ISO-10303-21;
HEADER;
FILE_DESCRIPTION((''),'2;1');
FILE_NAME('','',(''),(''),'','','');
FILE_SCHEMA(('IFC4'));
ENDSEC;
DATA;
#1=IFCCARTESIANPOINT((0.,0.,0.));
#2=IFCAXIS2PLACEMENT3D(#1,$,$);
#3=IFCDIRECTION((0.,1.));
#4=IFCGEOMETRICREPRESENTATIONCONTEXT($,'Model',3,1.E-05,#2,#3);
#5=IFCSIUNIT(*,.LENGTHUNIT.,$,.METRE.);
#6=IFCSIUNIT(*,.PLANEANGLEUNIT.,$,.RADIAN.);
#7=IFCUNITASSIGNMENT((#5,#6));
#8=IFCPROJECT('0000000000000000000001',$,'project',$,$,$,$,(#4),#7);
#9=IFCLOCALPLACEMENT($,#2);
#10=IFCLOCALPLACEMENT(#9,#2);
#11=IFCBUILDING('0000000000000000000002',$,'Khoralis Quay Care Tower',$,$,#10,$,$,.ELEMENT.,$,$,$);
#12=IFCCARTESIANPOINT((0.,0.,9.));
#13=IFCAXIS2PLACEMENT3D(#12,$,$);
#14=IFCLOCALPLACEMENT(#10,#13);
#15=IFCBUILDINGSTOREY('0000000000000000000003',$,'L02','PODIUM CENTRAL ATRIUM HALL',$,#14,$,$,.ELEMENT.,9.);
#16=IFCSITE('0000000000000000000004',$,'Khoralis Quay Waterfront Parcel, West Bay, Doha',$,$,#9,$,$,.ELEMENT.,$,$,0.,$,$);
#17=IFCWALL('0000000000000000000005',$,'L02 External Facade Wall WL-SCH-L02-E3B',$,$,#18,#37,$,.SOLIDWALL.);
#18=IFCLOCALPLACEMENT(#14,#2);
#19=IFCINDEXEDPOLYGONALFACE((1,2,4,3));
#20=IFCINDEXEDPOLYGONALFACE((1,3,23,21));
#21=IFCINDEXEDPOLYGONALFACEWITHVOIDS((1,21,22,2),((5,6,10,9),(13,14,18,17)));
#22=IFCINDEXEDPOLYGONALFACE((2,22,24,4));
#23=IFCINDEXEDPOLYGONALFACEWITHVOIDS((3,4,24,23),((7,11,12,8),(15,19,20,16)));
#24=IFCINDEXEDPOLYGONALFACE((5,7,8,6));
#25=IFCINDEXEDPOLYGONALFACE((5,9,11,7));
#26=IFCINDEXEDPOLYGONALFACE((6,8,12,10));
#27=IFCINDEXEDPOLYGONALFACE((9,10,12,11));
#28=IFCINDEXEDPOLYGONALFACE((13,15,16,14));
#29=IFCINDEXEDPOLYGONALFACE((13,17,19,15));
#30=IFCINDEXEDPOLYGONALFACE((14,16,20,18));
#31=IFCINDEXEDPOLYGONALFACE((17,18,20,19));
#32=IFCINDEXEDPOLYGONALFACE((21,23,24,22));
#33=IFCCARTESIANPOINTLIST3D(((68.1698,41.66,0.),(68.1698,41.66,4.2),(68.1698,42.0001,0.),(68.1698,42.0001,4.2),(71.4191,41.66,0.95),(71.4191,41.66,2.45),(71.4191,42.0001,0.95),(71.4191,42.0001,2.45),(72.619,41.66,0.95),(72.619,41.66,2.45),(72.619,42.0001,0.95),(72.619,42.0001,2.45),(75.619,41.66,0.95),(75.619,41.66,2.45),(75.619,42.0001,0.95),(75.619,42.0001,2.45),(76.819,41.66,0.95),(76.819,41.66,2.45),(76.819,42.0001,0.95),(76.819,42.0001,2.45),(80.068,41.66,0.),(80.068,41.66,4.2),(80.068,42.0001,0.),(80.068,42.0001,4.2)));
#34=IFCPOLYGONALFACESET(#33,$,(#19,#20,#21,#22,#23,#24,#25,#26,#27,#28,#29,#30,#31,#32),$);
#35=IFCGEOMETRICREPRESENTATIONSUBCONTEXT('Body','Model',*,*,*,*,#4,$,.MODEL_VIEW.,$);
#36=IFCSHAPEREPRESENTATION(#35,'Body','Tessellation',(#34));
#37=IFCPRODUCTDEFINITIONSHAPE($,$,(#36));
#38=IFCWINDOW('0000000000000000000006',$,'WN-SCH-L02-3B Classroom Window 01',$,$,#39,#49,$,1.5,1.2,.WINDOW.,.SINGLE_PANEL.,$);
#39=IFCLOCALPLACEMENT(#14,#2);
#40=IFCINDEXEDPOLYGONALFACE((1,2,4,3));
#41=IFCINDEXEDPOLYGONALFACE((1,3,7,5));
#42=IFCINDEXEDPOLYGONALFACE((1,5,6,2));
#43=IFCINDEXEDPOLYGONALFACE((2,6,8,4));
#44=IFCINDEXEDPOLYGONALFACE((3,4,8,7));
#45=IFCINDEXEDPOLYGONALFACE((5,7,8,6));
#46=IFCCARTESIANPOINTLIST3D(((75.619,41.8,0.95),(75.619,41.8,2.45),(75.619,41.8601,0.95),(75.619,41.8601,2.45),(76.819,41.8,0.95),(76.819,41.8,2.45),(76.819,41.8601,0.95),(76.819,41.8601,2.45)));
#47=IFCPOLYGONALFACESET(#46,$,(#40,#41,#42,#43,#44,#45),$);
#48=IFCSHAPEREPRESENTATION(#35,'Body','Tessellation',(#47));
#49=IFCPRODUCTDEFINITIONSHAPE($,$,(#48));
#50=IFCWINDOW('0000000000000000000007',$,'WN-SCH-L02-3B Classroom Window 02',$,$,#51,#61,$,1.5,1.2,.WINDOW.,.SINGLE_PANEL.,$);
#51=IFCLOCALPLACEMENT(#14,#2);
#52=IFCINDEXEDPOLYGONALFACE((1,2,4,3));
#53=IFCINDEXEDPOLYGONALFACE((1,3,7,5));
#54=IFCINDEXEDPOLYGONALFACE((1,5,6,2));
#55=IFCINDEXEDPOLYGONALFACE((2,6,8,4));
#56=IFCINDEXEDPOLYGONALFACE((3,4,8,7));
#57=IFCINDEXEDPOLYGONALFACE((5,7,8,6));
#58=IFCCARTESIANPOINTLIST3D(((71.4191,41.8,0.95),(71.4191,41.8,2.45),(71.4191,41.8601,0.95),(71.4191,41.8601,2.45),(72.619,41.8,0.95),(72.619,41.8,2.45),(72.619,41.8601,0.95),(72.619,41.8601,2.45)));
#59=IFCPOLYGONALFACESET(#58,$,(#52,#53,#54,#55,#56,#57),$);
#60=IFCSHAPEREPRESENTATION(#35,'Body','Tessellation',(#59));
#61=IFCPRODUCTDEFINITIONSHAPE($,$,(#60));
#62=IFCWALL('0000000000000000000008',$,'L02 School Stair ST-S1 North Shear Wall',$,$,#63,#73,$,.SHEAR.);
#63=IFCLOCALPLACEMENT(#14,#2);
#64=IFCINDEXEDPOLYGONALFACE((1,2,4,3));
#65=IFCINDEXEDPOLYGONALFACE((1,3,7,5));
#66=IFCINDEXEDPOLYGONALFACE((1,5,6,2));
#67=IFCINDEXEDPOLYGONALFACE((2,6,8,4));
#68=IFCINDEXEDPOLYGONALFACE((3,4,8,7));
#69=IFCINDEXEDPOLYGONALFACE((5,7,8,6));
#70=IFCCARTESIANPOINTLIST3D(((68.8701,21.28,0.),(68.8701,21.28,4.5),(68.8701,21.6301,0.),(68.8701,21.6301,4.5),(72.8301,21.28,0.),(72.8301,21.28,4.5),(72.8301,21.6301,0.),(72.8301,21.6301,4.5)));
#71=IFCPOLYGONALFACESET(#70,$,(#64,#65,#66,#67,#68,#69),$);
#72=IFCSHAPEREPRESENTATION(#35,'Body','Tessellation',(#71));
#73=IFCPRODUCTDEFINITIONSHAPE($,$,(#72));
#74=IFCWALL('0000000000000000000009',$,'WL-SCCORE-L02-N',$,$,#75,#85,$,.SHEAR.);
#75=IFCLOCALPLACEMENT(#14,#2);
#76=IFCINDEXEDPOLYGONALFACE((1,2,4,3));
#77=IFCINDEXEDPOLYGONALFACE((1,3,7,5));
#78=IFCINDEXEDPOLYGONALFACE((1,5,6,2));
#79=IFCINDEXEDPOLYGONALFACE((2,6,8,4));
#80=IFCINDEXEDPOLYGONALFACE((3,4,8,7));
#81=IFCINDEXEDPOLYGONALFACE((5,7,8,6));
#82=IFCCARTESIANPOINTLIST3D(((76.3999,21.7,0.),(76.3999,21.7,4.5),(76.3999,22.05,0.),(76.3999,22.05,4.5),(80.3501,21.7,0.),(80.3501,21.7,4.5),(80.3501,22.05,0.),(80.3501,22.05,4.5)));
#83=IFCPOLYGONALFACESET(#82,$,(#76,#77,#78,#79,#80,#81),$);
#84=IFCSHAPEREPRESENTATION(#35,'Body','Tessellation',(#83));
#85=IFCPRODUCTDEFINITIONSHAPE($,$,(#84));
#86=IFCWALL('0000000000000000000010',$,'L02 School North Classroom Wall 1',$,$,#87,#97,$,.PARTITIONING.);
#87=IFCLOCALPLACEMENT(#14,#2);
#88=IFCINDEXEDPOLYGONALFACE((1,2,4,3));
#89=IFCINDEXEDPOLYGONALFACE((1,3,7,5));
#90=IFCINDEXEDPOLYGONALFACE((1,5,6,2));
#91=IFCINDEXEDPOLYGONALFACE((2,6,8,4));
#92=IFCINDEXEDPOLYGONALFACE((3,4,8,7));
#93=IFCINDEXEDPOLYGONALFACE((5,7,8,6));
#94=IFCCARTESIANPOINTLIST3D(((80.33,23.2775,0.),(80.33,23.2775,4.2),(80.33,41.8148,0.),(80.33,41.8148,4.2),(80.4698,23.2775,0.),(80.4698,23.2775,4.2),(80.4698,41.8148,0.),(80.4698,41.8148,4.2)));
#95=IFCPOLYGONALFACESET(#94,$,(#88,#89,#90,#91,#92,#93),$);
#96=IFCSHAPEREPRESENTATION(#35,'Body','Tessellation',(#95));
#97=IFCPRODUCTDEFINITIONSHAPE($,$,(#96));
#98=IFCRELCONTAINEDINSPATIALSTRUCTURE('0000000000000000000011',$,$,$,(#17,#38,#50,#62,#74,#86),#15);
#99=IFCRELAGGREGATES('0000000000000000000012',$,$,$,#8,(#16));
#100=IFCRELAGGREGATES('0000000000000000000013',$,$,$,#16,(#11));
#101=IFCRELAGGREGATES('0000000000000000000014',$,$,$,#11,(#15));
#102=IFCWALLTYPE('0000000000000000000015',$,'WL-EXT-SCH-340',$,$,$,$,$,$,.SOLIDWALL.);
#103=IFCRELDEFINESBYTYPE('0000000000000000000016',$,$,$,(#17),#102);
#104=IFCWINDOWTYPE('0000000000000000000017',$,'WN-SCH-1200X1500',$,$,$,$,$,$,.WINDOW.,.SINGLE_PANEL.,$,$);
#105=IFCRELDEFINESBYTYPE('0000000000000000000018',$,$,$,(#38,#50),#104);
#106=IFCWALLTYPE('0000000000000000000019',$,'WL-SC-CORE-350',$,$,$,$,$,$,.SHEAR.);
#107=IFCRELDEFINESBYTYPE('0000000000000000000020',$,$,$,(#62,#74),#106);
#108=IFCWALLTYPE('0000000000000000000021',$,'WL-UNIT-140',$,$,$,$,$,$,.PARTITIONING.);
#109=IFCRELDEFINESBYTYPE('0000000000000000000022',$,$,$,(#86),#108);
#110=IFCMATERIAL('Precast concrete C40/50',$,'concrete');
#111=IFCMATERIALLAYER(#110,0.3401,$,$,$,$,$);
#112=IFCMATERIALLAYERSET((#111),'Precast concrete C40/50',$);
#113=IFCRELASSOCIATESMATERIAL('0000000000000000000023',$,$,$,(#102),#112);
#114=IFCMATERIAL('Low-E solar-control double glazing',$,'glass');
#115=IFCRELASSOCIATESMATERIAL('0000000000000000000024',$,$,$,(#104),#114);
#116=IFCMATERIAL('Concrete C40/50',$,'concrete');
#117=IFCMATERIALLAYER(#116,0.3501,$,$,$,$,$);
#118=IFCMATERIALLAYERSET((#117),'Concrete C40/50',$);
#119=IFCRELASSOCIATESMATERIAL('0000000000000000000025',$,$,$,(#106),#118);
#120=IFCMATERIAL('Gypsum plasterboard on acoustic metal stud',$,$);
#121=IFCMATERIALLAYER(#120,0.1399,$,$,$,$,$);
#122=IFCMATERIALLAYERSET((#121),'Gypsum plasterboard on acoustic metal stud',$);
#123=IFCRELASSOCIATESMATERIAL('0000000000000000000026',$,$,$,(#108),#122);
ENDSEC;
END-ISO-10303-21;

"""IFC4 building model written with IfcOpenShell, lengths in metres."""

from ifc_helpers import new_model, si_unit, direction, frame, frame_2d, origin, place, context, subcontext, project, spatial, rectangle, extrude, source, transform, mapped, material, layer, layer_set, type_object, element, fill, save


model = new_model("IFC4")

# Units and contexts
model_context = context("Model", 3, precision=1e-05, world=origin(), true_north=direction((0.0, 1.0)))
body_context = subcontext(model_context, "Body", "Model", "MODEL_VIEW")
ifc_project = project(units=[si_unit("LENGTHUNIT", "METRE"), si_unit("PLANEANGLEUNIT", "RADIAN")], contexts=[model_context])

# Site, building, storey
site_placement = place(None, origin())
site = spatial("IfcSite", under=ifc_project, at=site_placement, Name="Khoralis Quay Waterfront Parcel, West Bay, Doha", CompositionType="ELEMENT", RefElevation=0.0)
building_placement = place(site_placement, origin())
building = spatial("IfcBuilding", under=site, at=building_placement, Name="Khoralis Quay Care Tower", CompositionType="ELEMENT")
storey_placement = place(building_placement, frame((0.0, 0.0, 9.0)))
storey = spatial("IfcBuildingStorey", under=building, at=storey_placement, Name="L02", Description="PODIUM CENTRAL ATRIUM HALL", CompositionType="ELEMENT", Elevation=9.0)

# Shared definitions
ifc_material_1 = material(Name="Concrete C40/50", Category="concrete")

# Shared definitions
ifc_material_2 = material(Name="Low-E solar-control double glazing", Category="glass")

# Shared definitions
ifc_material_3 = material(Name="Gypsum plasterboard on acoustic metal stud")

# Wall, openings, windows
ifc_material_4 = material(Name="Precast concrete C40/50", Category="concrete")
ifc_layer_1 = layer(ifc_material_4, 0.3401)
ifc_layer_set_1 = layer_set([ifc_layer_1], Name="Precast concrete C40/50")
wall_type_1 = type_object("IfcWallType", Name="WL-EXT-SCH-340", PredefinedType="SOLIDWALL", material=ifc_layer_set_1)
wall_1_placement = place(storey_placement, frame((80.0681, 41.8301, 0.0), z_axis=(0.0, 0.0, 1.0), x_axis=(-1.0, 0.0, 0.0)))
wall_1 = element("IfcWall", 1, at=wall_1_placement, inside=storey, type_object=wall_type_1, Name="L02 External Facade Wall WL-SCH-L02-E3B", PredefinedType="SOLIDWALL", context=body_context, shape_type="SweptSolid", body=[
    extrude(rectangle(XDim=11.8982, YDim=0.3401, at=frame_2d((5.9492, 0.0))), origin(), (0.0, 0.0, 1.0), 4.2),
])
opening_1_placement = place(wall_1_placement, frame((3.249, 0.0, 0.95)))
opening_1 = element("IfcOpeningElement", 2, at=opening_1_placement, cuts=wall_1, PredefinedType="OPENING", context=body_context, shape_type="SweptSolid", body=[
    extrude(rectangle(XDim=1.2, YDim=1.5, at=frame_2d((0.6001, 0.75))), frame((0.0, 0.1802, 0.0), z_axis=(0.0, -1.0, 0.0), x_axis=(1.0, 0.0, 0.0)), (0.0, 0.0, 1.0), 0.3601),
])
opening_2_placement = place(wall_1_placement, frame((7.449, 0.0, 0.95)))
opening_2 = element("IfcOpeningElement", 3, at=opening_2_placement, cuts=wall_1, PredefinedType="OPENING", context=body_context, shape_type="SweptSolid", body=[
    extrude(rectangle(XDim=1.2, YDim=1.5, at=frame_2d((0.6001, 0.75))), frame((0.0, 0.1802, 0.0), z_axis=(0.0, -1.0, 0.0), x_axis=(1.0, 0.0, 0.0)), (0.0, 0.0, 1.0), 0.3601),
])
window_type = type_object("IfcWindowType", Name="WN-SCH-1200X1500", PartitioningType="SINGLE_PANEL", PredefinedType="WINDOW", material=ifc_material_2)
shared_shape_1 = source(origin(), body_context, "Body", "SweptSolid", [
    extrude(rectangle(XDim=1.2, YDim=1.5, at=frame_2d((0.6001, 0.75))), frame((0.0, 0.03, 0.0), z_axis=(0.0, -1.0, 0.0), x_axis=(1.0, 0.0, 0.0)), (0.0, 0.0, 1.0), 0.0601),
])
window_1_placement = place(opening_1_placement, origin())
window_1 = element("IfcWindow", 4, at=window_1_placement, inside=storey, type_object=window_type, Name="WN-SCH-L02-3B Classroom Window 01", OverallHeight=1.5, OverallWidth=1.2, PartitioningType="SINGLE_PANEL", PredefinedType="WINDOW", context=body_context, shape_type="MappedRepresentation", body=[
    mapped(shared_shape_1, transform((0.0, 0.0, 0.0), scale=1.0)),
])
fill(opening_1, window_1)
window_2_placement = place(opening_2_placement, origin())
window_2 = element("IfcWindow", 5, at=window_2_placement, inside=storey, type_object=window_type, Name="WN-SCH-L02-3B Classroom Window 02", OverallHeight=1.5, OverallWidth=1.2, PartitioningType="SINGLE_PANEL", PredefinedType="WINDOW", context=body_context, shape_type="MappedRepresentation", body=[
    mapped(shared_shape_1, transform((0.0, 0.0, 0.0), scale=1.0)),
])
fill(opening_2, window_2)

# Walls
ifc_layer_2 = layer(ifc_material_1, 0.3501)
ifc_layer_set_2 = layer_set([ifc_layer_2], Name="Concrete C40/50")
wall_type_2 = type_object("IfcWallType", Name="WL-SC-CORE-350", PredefinedType="SHEAR", material=ifc_layer_set_2)
wall_2_placement = place(storey_placement, frame((68.8701, 21.4551, 0.0), z_axis=(0.0, 0.0, 1.0), x_axis=(1.0, 0.0, 0.0)))
element("IfcWall", 6, at=wall_2_placement, inside=storey, type_object=wall_type_2, Name="L02 School Stair ST-S1 North Shear Wall", PredefinedType="SHEAR", context=body_context, shape_type="SweptSolid", body=[
    extrude(rectangle(XDim=3.96, YDim=0.3501, at=frame_2d((1.98, 0.0))), origin(), (0.0, 0.0, 1.0), 4.5),
])
wall_3_placement = place(storey_placement, frame((76.3999, 21.875, 0.0), z_axis=(0.0, 0.0, 1.0), x_axis=(1.0, 0.0, 0.0)))
element("IfcWall", 7, at=wall_3_placement, inside=storey, type_object=wall_type_2, Name="WL-SCCORE-L02-N", PredefinedType="SHEAR", context=body_context, shape_type="SweptSolid", body=[
    extrude(rectangle(XDim=3.9502, YDim=0.3501, at=frame_2d((1.9751, 0.0))), origin(), (0.0, 0.0, 1.0), 4.5),
])
ifc_layer_3 = layer(ifc_material_3, 0.1399)
ifc_layer_set_3 = layer_set([ifc_layer_3], Name="Gypsum plasterboard on acoustic metal stud")
wall_type_3 = type_object("IfcWallType", Name="WL-UNIT-140", PredefinedType="PARTITIONING", material=ifc_layer_set_3)
wall_4_placement = place(storey_placement, frame((80.3999, 23.2776, 0.0), z_axis=(0.0, 0.0, 1.0), x_axis=(0.0, 1.0, 0.0)))
element("IfcWall", 8, at=wall_4_placement, inside=storey, type_object=wall_type_3, Name="L02 School North Classroom Wall 1", PredefinedType="PARTITIONING", context=body_context, shape_type="SweptSolid", body=[
    extrude(rectangle(XDim=18.5374, YDim=0.1399, at=frame_2d((9.2686, 0.0))), origin(), (0.0, 0.0, 1.0), 4.2),
])

save(model, "model.ifc")
